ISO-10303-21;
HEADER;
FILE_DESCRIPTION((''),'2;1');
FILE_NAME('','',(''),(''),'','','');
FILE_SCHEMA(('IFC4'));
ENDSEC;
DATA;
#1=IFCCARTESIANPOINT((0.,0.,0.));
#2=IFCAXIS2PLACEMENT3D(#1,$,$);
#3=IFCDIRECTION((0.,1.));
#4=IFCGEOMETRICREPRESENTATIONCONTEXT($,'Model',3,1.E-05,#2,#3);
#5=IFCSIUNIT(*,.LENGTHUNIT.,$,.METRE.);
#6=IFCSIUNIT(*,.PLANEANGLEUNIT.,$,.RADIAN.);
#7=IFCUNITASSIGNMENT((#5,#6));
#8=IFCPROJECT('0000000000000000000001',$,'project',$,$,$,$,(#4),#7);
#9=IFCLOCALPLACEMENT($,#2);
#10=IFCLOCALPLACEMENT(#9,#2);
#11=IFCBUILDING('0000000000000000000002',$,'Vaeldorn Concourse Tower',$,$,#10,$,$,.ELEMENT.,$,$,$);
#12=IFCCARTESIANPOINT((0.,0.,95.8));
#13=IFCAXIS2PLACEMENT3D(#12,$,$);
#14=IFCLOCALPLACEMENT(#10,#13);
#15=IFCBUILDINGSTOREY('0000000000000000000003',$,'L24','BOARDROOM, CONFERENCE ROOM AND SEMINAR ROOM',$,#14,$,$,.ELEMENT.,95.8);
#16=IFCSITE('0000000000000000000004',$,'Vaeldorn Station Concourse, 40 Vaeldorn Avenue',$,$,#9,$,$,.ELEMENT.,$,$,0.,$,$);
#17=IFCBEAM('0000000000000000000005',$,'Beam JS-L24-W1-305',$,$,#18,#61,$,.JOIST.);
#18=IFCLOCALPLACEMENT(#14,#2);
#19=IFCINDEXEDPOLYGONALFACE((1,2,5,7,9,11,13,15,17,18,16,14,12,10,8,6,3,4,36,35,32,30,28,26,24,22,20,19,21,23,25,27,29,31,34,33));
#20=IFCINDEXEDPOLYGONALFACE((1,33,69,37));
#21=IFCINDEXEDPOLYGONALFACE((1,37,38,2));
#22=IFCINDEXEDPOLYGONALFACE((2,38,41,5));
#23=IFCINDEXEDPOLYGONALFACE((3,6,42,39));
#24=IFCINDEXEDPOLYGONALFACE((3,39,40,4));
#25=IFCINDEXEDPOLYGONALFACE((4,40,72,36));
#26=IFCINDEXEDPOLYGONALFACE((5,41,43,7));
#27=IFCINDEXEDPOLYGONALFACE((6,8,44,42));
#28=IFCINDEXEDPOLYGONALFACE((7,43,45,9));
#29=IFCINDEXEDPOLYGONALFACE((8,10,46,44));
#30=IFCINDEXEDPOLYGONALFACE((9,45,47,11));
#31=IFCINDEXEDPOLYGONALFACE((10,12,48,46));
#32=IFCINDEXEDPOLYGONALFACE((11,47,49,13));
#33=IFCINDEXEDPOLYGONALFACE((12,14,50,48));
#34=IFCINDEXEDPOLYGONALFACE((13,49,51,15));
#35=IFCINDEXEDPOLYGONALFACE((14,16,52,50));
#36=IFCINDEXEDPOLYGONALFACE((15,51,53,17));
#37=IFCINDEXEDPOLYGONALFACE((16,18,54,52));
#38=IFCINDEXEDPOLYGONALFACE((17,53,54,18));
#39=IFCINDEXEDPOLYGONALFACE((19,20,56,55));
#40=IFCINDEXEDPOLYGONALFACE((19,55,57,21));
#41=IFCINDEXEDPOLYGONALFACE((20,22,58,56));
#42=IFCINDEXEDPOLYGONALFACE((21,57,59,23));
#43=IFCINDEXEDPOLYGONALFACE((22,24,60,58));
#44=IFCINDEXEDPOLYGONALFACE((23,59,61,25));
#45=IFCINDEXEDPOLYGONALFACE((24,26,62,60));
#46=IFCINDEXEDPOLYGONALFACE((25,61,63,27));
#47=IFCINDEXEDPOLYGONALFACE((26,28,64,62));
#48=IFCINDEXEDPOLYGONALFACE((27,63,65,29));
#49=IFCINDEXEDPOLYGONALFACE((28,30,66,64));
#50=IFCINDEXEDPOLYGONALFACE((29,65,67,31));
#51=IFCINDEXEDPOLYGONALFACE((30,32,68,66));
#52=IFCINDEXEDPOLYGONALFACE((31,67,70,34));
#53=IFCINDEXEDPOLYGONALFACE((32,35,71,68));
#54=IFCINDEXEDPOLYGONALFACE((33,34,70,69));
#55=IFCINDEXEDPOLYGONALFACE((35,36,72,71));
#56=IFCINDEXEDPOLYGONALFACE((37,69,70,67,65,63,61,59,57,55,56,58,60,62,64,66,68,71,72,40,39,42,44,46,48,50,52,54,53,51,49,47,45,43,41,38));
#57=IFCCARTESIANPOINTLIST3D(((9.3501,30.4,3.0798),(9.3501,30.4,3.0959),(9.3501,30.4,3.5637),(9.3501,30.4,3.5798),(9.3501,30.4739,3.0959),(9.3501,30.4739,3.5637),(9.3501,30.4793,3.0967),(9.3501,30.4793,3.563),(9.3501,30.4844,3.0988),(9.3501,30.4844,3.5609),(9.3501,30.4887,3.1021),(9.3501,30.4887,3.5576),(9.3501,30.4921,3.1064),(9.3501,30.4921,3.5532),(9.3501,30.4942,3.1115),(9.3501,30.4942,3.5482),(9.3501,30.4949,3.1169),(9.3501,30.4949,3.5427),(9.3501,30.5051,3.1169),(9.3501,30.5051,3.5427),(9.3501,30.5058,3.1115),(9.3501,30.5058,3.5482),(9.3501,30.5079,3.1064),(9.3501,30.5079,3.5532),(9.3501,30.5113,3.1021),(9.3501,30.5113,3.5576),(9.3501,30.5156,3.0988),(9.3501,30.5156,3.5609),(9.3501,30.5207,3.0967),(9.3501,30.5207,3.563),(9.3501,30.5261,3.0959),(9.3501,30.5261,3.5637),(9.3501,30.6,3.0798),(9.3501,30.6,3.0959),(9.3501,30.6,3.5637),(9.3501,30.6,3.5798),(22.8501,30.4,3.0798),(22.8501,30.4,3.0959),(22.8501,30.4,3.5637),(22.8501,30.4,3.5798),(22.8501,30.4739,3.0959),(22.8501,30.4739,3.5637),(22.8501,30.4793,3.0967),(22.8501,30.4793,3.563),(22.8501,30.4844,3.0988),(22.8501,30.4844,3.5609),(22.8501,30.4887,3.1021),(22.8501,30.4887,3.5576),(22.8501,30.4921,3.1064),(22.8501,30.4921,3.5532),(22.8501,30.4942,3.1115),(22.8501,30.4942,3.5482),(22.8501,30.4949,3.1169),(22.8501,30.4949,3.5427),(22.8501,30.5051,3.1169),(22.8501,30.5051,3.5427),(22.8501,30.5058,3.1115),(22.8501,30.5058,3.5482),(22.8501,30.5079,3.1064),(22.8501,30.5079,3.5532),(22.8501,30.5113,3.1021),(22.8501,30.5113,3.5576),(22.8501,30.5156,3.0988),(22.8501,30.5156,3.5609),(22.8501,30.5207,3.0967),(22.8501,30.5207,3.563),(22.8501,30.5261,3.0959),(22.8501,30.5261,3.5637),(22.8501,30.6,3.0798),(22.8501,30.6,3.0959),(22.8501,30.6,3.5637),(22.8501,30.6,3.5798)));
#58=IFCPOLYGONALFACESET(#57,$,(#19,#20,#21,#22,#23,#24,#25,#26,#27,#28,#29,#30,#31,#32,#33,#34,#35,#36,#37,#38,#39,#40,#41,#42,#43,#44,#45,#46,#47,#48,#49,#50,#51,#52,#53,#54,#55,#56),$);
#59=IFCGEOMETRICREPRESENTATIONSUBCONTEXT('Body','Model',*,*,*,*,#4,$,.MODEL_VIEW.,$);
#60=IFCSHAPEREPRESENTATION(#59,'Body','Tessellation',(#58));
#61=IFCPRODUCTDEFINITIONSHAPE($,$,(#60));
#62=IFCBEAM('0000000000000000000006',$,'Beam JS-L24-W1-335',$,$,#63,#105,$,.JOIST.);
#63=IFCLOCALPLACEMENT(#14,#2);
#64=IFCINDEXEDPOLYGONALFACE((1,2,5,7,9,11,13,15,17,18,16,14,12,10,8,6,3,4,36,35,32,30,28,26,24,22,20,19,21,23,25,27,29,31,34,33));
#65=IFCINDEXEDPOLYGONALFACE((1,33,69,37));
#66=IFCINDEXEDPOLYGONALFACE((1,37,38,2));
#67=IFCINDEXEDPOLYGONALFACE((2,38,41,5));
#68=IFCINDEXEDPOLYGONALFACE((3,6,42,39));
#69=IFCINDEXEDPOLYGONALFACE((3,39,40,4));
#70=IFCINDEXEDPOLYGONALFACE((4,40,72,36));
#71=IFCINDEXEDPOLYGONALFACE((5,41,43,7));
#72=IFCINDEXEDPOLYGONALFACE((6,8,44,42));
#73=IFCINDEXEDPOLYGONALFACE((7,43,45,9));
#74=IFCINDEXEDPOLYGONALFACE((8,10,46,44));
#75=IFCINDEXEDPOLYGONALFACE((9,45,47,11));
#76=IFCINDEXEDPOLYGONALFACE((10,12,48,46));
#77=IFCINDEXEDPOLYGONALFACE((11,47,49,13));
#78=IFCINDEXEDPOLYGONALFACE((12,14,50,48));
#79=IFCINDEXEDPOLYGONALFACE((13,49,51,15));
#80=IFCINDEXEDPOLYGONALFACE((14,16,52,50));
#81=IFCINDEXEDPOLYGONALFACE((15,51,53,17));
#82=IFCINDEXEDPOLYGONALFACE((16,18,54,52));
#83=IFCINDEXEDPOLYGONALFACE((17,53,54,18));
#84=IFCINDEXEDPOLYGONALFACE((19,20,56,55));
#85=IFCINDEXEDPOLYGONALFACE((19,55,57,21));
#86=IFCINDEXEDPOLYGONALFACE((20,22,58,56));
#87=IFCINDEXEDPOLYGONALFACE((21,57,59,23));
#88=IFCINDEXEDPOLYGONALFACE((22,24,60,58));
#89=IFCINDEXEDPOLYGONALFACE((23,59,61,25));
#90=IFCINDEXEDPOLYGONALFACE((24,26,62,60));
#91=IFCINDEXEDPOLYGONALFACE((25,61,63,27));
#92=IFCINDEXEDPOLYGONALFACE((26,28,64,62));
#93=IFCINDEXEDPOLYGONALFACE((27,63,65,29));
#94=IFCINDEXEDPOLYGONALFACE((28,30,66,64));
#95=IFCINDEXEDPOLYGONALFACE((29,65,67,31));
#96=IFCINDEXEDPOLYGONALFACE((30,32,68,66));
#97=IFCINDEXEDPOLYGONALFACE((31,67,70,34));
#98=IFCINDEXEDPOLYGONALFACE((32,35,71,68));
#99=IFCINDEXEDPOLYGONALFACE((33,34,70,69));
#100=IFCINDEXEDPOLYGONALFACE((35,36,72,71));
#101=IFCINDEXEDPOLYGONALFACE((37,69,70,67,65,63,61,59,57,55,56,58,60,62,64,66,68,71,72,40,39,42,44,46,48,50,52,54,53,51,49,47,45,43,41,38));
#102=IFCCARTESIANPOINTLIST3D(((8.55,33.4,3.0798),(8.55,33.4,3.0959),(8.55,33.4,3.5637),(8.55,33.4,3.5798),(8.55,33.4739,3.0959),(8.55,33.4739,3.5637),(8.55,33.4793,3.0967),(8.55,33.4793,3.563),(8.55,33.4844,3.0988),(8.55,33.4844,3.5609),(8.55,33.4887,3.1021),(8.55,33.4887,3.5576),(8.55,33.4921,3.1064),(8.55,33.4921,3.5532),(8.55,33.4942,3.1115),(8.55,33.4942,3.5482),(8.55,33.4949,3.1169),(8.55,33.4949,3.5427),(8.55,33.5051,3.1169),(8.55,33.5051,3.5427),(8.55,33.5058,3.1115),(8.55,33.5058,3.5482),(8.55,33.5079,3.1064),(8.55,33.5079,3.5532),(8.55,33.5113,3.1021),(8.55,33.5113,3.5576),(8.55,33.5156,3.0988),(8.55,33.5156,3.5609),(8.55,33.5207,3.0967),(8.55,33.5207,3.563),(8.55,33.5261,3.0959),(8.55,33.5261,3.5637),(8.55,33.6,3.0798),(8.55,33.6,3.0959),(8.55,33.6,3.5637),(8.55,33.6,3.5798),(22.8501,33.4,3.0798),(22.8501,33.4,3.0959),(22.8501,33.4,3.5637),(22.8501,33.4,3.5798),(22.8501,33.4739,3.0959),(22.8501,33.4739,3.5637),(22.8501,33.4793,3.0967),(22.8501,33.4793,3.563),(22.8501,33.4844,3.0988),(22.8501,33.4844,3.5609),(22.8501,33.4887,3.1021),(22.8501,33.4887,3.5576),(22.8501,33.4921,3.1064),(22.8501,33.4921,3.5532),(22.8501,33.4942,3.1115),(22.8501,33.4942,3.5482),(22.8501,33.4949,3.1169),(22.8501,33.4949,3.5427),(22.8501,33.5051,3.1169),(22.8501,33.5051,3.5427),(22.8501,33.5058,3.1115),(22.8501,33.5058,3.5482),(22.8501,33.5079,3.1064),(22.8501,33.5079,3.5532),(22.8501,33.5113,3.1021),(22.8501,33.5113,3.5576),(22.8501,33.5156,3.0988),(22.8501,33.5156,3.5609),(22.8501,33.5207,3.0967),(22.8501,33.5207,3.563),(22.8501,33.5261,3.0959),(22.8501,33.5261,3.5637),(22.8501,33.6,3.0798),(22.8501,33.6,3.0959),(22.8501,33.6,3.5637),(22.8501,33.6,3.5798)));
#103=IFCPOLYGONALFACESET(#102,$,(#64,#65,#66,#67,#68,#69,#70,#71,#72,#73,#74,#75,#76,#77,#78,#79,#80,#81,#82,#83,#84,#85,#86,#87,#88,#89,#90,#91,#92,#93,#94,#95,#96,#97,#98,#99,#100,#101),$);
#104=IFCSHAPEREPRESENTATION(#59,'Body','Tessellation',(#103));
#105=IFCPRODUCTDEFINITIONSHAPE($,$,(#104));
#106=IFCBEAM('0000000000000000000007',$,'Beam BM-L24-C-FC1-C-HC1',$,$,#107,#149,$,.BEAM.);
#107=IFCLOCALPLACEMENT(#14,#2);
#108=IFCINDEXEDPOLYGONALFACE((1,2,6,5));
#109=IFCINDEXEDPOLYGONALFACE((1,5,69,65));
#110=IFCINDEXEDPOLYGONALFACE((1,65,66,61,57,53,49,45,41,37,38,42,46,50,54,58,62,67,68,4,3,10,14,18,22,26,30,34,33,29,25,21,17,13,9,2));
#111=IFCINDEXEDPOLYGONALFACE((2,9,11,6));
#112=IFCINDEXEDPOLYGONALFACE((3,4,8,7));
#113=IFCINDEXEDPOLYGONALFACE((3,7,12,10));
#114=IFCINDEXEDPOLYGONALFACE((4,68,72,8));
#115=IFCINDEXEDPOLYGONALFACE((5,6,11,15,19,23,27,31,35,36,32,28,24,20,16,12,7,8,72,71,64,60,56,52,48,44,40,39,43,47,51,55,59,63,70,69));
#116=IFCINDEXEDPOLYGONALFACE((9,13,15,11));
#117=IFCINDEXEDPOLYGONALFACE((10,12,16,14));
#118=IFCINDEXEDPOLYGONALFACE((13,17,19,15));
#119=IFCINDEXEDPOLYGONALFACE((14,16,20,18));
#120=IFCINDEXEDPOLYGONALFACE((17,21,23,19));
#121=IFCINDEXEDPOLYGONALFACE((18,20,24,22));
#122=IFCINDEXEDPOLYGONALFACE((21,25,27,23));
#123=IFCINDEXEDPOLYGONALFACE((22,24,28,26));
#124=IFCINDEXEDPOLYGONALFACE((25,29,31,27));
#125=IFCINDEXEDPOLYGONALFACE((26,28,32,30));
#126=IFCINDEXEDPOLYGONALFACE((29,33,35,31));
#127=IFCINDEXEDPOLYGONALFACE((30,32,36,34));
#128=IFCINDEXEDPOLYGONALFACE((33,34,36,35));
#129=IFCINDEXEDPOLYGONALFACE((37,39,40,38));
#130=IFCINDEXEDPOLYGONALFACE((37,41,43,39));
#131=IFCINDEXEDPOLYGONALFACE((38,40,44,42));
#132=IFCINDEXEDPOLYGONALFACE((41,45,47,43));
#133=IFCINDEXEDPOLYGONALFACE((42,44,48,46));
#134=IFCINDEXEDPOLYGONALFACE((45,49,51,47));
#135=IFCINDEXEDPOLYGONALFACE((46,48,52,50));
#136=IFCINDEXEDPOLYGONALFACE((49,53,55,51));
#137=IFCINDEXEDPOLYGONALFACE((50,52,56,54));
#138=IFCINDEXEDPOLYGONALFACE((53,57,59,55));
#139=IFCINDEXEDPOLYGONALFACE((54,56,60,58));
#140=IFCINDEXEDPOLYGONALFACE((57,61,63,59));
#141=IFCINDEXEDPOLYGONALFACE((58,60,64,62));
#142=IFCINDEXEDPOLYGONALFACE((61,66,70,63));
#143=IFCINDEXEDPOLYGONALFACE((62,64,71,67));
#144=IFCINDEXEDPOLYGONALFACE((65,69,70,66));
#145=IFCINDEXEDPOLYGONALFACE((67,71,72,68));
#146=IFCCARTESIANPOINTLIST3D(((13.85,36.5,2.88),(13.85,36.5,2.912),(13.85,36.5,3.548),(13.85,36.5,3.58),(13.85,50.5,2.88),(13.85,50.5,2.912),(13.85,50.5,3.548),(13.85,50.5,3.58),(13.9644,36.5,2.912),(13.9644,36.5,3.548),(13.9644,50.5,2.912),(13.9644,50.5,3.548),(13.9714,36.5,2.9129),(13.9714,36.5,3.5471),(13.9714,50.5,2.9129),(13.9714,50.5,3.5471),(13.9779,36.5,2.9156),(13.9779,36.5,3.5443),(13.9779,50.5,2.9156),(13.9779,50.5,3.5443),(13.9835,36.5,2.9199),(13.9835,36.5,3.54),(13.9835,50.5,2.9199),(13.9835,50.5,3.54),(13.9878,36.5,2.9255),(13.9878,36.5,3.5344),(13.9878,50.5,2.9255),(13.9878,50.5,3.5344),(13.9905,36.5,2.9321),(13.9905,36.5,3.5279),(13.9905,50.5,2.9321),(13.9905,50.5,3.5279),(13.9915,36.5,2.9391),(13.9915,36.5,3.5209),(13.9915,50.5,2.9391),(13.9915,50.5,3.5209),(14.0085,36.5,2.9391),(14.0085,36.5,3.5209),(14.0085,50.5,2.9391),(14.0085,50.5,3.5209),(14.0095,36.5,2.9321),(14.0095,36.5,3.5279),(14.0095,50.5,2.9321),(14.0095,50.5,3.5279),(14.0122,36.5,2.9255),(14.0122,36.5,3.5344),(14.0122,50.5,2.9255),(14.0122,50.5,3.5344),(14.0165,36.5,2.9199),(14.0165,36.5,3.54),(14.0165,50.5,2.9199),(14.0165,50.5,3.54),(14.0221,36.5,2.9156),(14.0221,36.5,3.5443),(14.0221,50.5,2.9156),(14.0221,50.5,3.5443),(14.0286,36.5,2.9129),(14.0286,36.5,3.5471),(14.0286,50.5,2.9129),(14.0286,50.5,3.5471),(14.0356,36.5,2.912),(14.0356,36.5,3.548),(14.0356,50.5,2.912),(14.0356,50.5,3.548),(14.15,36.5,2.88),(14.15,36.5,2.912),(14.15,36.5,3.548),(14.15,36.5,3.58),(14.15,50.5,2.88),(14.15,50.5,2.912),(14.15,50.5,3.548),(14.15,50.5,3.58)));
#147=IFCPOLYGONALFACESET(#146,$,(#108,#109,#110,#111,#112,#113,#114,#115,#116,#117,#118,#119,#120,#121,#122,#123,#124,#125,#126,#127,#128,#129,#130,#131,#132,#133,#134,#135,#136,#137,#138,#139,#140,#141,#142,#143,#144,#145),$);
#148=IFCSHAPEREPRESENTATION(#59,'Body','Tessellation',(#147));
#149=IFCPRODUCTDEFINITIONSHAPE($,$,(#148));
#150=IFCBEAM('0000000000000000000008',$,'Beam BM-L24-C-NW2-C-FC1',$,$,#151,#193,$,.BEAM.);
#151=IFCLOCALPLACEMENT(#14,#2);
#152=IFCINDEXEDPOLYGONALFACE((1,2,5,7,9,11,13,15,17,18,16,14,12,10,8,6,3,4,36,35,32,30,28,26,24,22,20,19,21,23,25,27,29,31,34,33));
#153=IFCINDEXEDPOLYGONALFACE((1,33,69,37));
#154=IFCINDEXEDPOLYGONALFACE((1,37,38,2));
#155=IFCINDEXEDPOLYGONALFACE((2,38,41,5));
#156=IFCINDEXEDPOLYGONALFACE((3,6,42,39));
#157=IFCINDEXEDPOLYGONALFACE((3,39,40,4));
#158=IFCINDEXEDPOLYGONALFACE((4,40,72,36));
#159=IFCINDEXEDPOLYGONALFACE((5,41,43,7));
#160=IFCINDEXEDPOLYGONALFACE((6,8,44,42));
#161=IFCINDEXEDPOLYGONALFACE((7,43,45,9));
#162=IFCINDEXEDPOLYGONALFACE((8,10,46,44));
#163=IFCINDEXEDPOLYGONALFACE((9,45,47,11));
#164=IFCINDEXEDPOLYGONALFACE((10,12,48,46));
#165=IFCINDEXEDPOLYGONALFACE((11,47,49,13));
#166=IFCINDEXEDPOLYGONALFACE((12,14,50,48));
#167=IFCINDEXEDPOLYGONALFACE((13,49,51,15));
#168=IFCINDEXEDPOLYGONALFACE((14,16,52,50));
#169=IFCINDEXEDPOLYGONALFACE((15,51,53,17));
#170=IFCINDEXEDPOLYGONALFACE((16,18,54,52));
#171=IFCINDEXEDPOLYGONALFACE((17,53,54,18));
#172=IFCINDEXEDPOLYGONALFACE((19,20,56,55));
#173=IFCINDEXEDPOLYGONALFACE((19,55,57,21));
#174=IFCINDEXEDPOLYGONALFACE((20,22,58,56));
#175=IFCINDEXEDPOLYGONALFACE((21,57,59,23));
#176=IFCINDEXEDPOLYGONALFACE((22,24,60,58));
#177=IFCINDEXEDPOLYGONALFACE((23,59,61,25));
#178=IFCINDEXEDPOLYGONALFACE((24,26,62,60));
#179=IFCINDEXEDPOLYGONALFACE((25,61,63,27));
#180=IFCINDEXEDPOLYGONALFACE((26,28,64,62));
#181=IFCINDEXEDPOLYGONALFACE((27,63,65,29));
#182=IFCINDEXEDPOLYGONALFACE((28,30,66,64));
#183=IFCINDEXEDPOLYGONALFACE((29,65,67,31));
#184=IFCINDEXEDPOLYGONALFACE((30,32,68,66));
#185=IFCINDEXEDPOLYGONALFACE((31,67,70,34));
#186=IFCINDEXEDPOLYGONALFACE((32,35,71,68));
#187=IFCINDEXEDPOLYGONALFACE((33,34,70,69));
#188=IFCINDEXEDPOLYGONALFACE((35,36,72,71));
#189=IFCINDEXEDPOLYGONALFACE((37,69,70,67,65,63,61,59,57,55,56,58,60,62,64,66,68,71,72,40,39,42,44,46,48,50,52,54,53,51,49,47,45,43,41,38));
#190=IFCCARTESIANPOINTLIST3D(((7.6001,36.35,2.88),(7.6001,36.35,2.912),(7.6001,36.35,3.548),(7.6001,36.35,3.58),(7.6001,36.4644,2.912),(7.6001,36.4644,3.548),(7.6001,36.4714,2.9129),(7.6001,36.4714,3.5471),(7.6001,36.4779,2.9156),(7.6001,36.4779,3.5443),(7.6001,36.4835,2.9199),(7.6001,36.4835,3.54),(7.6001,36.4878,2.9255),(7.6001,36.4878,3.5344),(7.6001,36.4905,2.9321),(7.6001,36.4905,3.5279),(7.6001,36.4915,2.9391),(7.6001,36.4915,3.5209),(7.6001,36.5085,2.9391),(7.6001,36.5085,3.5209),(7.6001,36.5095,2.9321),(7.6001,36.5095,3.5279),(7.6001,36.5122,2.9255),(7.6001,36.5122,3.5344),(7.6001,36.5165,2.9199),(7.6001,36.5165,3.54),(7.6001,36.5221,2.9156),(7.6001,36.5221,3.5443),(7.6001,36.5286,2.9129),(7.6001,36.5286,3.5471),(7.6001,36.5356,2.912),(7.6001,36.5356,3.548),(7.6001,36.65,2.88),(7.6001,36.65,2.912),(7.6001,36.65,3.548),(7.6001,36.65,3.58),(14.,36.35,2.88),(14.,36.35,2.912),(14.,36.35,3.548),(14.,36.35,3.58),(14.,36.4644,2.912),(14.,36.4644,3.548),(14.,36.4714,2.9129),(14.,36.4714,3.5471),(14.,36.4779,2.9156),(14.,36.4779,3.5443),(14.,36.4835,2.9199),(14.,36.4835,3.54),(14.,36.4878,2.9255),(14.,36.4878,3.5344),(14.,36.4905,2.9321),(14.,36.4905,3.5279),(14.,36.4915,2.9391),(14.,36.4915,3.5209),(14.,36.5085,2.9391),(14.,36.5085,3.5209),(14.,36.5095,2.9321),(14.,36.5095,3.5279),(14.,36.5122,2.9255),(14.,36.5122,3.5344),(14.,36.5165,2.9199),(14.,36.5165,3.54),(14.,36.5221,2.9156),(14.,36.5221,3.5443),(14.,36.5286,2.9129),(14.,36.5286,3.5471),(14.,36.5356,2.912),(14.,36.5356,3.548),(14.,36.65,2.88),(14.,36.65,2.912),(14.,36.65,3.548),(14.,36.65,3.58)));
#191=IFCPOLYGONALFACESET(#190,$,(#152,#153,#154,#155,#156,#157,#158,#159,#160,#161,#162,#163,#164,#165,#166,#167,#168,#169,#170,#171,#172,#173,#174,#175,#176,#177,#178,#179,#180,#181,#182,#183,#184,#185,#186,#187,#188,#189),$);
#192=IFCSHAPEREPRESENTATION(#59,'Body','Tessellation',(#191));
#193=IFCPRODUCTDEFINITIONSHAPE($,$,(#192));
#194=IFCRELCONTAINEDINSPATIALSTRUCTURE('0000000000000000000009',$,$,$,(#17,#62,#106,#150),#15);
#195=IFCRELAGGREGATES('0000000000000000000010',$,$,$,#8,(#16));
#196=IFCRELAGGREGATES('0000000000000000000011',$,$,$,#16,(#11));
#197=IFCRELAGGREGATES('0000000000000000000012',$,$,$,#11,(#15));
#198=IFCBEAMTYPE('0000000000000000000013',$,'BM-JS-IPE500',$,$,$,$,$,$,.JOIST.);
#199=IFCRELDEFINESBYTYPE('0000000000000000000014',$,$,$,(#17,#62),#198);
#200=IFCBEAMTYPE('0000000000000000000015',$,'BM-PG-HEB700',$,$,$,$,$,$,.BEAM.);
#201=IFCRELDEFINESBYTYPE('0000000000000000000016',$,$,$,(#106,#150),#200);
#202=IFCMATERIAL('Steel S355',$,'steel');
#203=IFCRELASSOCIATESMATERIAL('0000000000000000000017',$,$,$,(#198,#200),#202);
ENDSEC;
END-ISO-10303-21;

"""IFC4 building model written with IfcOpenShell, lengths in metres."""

from ifc_helpers import new_model, si_unit, direction, frame, origin, origin_2d, place, context, subcontext, project, spatial, i_section, extrude, source, transform, mapped, material, material_profile, profile_set, type_object, element, save


model = new_model("IFC4")

# Units and contexts
model_context = context("Model", 3, precision=1e-05, world=origin(), true_north=direction((0.0, 1.0)))
body_context = subcontext(model_context, "Body", "Model", "MODEL_VIEW")
ifc_project = project(units=[si_unit("LENGTHUNIT", "METRE"), si_unit("PLANEANGLEUNIT", "RADIAN")], contexts=[model_context])

# Site, building, storey
site_placement = place(None, origin())
site = spatial("IfcSite", under=ifc_project, at=site_placement, Name="Vaeldorn Station Concourse, 40 Vaeldorn Avenue", CompositionType="ELEMENT", RefElevation=0.0)
building_placement = place(site_placement, origin())
building = spatial("IfcBuilding", under=site, at=building_placement, Name="Vaeldorn Concourse Tower", CompositionType="ELEMENT")
storey_placement = place(building_placement, frame((0.0, 0.0, 95.8)))
storey = spatial("IfcBuildingStorey", under=building, at=storey_placement, Name="L24", Description="BOARDROOM, CONFERENCE ROOM AND SEMINAR ROOM", CompositionType="ELEMENT", Elevation=95.8)

# Beams
ifc_material_1 = material(Name="Steel S355", Category="steel")
ifc_material_profile_1 = material_profile(ifc_material_1, i_section(OverallWidth=0.2, OverallDepth=0.5, WebThickness=0.0103, FlangeThickness=0.0161, FilletRadius=0.021, at=origin_2d()), Name="IPE 500")
ifc_profile_set_1 = profile_set([ifc_material_profile_1], Name="Steel S355")
beam_type_1 = type_object("IfcBeamType", Name="BM-JS-IPE500", PredefinedType="JOIST", material=ifc_profile_set_1)
shared_shape_1 = source(origin(), body_context, "Body", "SweptSolid", [
    extrude(i_section(OverallWidth=0.2, OverallDepth=0.5, WebThickness=0.0103, FlangeThickness=0.0161, FilletRadius=0.021, at=origin_2d()), origin(), (0.0, 0.0, 1.0), 13.5),
])
beam_1_placement = place(storey_placement, frame((9.3501, 30.5, 3.3298), z_axis=(1.0, 0.0, 0.0), x_axis=(0.0, 1.0, 0.0)))
element("IfcBeam", 1, at=beam_1_placement, inside=storey, type_object=beam_type_1, Name="Beam JS-L24-W1-305", PredefinedType="JOIST", context=body_context, shape_type="MappedRepresentation", body=[
    mapped(shared_shape_1, transform((0.0, 0.0, 0.0), scale=1.0)),
])
shared_shape_2 = source(origin(), body_context, "Body", "SweptSolid", [
    extrude(i_section(OverallWidth=0.2, OverallDepth=0.5, WebThickness=0.0103, FlangeThickness=0.0161, FilletRadius=0.021, at=origin_2d()), origin(), (0.0, 0.0, 1.0), 14.3),
])
beam_2_placement = place(storey_placement, frame((8.55, 33.5, 3.3298), z_axis=(1.0, 0.0, 0.0), x_axis=(0.0, 1.0, 0.0)))
element("IfcBeam", 2, at=beam_2_placement, inside=storey, type_object=beam_type_1, Name="Beam JS-L24-W1-335", PredefinedType="JOIST", context=body_context, shape_type="MappedRepresentation", body=[
    mapped(shared_shape_2, transform((0.0, 0.0, 0.0), scale=1.0)),
])
ifc_material_profile_2 = material_profile(ifc_material_1, i_section(OverallWidth=0.3, OverallDepth=0.7, WebThickness=0.0171, FlangeThickness=0.032, FilletRadius=0.0271, at=origin_2d()), Name="HEB 700")
ifc_profile_set_2 = profile_set([ifc_material_profile_2], Name="Steel S355")
beam_type_2 = type_object("IfcBeamType", Name="BM-PG-HEB700", PredefinedType="BEAM", material=ifc_profile_set_2)
shared_shape_3 = source(origin(), body_context, "Body", "SweptSolid", [
    extrude(i_section(OverallWidth=0.3, OverallDepth=0.7, WebThickness=0.0171, FlangeThickness=0.032, FilletRadius=0.0271, at=origin_2d()), origin(), (0.0, 0.0, 1.0), 14.0),
])
beam_3_placement = place(storey_placement, frame((14.0, 36.5, 3.23), z_axis=(0.0, 1.0, 0.0), x_axis=(-1.0, 0.0, 0.0)))
element("IfcBeam", 3, at=beam_3_placement, inside=storey, type_object=beam_type_2, Name="Beam BM-L24-C-FC1-C-HC1", PredefinedType="BEAM", context=body_context, shape_type="MappedRepresentation", body=[
    mapped(shared_shape_3, transform((0.0, 0.0, 0.0), scale=1.0)),
])
shared_shape_4 = source(origin(), body_context, "Body", "SweptSolid", [
    extrude(i_section(OverallWidth=0.3, OverallDepth=0.7, WebThickness=0.0171, FlangeThickness=0.032, FilletRadius=0.0271, at=origin_2d()), origin(), (0.0, 0.0, 1.0), 6.3999),
])
beam_4_placement = place(storey_placement, frame((7.6001, 36.5, 3.23), z_axis=(1.0, 0.0, 0.0), x_axis=(0.0, 1.0, 0.0)))
element("IfcBeam", 4, at=beam_4_placement, inside=storey, type_object=beam_type_2, Name="Beam BM-L24-C-NW2-C-FC1", PredefinedType="BEAM", context=body_context, shape_type="MappedRepresentation", body=[
    mapped(shared_shape_4, transform((0.0, 0.0, 0.0), scale=1.0)),
])

save(model, "model.ifc")
